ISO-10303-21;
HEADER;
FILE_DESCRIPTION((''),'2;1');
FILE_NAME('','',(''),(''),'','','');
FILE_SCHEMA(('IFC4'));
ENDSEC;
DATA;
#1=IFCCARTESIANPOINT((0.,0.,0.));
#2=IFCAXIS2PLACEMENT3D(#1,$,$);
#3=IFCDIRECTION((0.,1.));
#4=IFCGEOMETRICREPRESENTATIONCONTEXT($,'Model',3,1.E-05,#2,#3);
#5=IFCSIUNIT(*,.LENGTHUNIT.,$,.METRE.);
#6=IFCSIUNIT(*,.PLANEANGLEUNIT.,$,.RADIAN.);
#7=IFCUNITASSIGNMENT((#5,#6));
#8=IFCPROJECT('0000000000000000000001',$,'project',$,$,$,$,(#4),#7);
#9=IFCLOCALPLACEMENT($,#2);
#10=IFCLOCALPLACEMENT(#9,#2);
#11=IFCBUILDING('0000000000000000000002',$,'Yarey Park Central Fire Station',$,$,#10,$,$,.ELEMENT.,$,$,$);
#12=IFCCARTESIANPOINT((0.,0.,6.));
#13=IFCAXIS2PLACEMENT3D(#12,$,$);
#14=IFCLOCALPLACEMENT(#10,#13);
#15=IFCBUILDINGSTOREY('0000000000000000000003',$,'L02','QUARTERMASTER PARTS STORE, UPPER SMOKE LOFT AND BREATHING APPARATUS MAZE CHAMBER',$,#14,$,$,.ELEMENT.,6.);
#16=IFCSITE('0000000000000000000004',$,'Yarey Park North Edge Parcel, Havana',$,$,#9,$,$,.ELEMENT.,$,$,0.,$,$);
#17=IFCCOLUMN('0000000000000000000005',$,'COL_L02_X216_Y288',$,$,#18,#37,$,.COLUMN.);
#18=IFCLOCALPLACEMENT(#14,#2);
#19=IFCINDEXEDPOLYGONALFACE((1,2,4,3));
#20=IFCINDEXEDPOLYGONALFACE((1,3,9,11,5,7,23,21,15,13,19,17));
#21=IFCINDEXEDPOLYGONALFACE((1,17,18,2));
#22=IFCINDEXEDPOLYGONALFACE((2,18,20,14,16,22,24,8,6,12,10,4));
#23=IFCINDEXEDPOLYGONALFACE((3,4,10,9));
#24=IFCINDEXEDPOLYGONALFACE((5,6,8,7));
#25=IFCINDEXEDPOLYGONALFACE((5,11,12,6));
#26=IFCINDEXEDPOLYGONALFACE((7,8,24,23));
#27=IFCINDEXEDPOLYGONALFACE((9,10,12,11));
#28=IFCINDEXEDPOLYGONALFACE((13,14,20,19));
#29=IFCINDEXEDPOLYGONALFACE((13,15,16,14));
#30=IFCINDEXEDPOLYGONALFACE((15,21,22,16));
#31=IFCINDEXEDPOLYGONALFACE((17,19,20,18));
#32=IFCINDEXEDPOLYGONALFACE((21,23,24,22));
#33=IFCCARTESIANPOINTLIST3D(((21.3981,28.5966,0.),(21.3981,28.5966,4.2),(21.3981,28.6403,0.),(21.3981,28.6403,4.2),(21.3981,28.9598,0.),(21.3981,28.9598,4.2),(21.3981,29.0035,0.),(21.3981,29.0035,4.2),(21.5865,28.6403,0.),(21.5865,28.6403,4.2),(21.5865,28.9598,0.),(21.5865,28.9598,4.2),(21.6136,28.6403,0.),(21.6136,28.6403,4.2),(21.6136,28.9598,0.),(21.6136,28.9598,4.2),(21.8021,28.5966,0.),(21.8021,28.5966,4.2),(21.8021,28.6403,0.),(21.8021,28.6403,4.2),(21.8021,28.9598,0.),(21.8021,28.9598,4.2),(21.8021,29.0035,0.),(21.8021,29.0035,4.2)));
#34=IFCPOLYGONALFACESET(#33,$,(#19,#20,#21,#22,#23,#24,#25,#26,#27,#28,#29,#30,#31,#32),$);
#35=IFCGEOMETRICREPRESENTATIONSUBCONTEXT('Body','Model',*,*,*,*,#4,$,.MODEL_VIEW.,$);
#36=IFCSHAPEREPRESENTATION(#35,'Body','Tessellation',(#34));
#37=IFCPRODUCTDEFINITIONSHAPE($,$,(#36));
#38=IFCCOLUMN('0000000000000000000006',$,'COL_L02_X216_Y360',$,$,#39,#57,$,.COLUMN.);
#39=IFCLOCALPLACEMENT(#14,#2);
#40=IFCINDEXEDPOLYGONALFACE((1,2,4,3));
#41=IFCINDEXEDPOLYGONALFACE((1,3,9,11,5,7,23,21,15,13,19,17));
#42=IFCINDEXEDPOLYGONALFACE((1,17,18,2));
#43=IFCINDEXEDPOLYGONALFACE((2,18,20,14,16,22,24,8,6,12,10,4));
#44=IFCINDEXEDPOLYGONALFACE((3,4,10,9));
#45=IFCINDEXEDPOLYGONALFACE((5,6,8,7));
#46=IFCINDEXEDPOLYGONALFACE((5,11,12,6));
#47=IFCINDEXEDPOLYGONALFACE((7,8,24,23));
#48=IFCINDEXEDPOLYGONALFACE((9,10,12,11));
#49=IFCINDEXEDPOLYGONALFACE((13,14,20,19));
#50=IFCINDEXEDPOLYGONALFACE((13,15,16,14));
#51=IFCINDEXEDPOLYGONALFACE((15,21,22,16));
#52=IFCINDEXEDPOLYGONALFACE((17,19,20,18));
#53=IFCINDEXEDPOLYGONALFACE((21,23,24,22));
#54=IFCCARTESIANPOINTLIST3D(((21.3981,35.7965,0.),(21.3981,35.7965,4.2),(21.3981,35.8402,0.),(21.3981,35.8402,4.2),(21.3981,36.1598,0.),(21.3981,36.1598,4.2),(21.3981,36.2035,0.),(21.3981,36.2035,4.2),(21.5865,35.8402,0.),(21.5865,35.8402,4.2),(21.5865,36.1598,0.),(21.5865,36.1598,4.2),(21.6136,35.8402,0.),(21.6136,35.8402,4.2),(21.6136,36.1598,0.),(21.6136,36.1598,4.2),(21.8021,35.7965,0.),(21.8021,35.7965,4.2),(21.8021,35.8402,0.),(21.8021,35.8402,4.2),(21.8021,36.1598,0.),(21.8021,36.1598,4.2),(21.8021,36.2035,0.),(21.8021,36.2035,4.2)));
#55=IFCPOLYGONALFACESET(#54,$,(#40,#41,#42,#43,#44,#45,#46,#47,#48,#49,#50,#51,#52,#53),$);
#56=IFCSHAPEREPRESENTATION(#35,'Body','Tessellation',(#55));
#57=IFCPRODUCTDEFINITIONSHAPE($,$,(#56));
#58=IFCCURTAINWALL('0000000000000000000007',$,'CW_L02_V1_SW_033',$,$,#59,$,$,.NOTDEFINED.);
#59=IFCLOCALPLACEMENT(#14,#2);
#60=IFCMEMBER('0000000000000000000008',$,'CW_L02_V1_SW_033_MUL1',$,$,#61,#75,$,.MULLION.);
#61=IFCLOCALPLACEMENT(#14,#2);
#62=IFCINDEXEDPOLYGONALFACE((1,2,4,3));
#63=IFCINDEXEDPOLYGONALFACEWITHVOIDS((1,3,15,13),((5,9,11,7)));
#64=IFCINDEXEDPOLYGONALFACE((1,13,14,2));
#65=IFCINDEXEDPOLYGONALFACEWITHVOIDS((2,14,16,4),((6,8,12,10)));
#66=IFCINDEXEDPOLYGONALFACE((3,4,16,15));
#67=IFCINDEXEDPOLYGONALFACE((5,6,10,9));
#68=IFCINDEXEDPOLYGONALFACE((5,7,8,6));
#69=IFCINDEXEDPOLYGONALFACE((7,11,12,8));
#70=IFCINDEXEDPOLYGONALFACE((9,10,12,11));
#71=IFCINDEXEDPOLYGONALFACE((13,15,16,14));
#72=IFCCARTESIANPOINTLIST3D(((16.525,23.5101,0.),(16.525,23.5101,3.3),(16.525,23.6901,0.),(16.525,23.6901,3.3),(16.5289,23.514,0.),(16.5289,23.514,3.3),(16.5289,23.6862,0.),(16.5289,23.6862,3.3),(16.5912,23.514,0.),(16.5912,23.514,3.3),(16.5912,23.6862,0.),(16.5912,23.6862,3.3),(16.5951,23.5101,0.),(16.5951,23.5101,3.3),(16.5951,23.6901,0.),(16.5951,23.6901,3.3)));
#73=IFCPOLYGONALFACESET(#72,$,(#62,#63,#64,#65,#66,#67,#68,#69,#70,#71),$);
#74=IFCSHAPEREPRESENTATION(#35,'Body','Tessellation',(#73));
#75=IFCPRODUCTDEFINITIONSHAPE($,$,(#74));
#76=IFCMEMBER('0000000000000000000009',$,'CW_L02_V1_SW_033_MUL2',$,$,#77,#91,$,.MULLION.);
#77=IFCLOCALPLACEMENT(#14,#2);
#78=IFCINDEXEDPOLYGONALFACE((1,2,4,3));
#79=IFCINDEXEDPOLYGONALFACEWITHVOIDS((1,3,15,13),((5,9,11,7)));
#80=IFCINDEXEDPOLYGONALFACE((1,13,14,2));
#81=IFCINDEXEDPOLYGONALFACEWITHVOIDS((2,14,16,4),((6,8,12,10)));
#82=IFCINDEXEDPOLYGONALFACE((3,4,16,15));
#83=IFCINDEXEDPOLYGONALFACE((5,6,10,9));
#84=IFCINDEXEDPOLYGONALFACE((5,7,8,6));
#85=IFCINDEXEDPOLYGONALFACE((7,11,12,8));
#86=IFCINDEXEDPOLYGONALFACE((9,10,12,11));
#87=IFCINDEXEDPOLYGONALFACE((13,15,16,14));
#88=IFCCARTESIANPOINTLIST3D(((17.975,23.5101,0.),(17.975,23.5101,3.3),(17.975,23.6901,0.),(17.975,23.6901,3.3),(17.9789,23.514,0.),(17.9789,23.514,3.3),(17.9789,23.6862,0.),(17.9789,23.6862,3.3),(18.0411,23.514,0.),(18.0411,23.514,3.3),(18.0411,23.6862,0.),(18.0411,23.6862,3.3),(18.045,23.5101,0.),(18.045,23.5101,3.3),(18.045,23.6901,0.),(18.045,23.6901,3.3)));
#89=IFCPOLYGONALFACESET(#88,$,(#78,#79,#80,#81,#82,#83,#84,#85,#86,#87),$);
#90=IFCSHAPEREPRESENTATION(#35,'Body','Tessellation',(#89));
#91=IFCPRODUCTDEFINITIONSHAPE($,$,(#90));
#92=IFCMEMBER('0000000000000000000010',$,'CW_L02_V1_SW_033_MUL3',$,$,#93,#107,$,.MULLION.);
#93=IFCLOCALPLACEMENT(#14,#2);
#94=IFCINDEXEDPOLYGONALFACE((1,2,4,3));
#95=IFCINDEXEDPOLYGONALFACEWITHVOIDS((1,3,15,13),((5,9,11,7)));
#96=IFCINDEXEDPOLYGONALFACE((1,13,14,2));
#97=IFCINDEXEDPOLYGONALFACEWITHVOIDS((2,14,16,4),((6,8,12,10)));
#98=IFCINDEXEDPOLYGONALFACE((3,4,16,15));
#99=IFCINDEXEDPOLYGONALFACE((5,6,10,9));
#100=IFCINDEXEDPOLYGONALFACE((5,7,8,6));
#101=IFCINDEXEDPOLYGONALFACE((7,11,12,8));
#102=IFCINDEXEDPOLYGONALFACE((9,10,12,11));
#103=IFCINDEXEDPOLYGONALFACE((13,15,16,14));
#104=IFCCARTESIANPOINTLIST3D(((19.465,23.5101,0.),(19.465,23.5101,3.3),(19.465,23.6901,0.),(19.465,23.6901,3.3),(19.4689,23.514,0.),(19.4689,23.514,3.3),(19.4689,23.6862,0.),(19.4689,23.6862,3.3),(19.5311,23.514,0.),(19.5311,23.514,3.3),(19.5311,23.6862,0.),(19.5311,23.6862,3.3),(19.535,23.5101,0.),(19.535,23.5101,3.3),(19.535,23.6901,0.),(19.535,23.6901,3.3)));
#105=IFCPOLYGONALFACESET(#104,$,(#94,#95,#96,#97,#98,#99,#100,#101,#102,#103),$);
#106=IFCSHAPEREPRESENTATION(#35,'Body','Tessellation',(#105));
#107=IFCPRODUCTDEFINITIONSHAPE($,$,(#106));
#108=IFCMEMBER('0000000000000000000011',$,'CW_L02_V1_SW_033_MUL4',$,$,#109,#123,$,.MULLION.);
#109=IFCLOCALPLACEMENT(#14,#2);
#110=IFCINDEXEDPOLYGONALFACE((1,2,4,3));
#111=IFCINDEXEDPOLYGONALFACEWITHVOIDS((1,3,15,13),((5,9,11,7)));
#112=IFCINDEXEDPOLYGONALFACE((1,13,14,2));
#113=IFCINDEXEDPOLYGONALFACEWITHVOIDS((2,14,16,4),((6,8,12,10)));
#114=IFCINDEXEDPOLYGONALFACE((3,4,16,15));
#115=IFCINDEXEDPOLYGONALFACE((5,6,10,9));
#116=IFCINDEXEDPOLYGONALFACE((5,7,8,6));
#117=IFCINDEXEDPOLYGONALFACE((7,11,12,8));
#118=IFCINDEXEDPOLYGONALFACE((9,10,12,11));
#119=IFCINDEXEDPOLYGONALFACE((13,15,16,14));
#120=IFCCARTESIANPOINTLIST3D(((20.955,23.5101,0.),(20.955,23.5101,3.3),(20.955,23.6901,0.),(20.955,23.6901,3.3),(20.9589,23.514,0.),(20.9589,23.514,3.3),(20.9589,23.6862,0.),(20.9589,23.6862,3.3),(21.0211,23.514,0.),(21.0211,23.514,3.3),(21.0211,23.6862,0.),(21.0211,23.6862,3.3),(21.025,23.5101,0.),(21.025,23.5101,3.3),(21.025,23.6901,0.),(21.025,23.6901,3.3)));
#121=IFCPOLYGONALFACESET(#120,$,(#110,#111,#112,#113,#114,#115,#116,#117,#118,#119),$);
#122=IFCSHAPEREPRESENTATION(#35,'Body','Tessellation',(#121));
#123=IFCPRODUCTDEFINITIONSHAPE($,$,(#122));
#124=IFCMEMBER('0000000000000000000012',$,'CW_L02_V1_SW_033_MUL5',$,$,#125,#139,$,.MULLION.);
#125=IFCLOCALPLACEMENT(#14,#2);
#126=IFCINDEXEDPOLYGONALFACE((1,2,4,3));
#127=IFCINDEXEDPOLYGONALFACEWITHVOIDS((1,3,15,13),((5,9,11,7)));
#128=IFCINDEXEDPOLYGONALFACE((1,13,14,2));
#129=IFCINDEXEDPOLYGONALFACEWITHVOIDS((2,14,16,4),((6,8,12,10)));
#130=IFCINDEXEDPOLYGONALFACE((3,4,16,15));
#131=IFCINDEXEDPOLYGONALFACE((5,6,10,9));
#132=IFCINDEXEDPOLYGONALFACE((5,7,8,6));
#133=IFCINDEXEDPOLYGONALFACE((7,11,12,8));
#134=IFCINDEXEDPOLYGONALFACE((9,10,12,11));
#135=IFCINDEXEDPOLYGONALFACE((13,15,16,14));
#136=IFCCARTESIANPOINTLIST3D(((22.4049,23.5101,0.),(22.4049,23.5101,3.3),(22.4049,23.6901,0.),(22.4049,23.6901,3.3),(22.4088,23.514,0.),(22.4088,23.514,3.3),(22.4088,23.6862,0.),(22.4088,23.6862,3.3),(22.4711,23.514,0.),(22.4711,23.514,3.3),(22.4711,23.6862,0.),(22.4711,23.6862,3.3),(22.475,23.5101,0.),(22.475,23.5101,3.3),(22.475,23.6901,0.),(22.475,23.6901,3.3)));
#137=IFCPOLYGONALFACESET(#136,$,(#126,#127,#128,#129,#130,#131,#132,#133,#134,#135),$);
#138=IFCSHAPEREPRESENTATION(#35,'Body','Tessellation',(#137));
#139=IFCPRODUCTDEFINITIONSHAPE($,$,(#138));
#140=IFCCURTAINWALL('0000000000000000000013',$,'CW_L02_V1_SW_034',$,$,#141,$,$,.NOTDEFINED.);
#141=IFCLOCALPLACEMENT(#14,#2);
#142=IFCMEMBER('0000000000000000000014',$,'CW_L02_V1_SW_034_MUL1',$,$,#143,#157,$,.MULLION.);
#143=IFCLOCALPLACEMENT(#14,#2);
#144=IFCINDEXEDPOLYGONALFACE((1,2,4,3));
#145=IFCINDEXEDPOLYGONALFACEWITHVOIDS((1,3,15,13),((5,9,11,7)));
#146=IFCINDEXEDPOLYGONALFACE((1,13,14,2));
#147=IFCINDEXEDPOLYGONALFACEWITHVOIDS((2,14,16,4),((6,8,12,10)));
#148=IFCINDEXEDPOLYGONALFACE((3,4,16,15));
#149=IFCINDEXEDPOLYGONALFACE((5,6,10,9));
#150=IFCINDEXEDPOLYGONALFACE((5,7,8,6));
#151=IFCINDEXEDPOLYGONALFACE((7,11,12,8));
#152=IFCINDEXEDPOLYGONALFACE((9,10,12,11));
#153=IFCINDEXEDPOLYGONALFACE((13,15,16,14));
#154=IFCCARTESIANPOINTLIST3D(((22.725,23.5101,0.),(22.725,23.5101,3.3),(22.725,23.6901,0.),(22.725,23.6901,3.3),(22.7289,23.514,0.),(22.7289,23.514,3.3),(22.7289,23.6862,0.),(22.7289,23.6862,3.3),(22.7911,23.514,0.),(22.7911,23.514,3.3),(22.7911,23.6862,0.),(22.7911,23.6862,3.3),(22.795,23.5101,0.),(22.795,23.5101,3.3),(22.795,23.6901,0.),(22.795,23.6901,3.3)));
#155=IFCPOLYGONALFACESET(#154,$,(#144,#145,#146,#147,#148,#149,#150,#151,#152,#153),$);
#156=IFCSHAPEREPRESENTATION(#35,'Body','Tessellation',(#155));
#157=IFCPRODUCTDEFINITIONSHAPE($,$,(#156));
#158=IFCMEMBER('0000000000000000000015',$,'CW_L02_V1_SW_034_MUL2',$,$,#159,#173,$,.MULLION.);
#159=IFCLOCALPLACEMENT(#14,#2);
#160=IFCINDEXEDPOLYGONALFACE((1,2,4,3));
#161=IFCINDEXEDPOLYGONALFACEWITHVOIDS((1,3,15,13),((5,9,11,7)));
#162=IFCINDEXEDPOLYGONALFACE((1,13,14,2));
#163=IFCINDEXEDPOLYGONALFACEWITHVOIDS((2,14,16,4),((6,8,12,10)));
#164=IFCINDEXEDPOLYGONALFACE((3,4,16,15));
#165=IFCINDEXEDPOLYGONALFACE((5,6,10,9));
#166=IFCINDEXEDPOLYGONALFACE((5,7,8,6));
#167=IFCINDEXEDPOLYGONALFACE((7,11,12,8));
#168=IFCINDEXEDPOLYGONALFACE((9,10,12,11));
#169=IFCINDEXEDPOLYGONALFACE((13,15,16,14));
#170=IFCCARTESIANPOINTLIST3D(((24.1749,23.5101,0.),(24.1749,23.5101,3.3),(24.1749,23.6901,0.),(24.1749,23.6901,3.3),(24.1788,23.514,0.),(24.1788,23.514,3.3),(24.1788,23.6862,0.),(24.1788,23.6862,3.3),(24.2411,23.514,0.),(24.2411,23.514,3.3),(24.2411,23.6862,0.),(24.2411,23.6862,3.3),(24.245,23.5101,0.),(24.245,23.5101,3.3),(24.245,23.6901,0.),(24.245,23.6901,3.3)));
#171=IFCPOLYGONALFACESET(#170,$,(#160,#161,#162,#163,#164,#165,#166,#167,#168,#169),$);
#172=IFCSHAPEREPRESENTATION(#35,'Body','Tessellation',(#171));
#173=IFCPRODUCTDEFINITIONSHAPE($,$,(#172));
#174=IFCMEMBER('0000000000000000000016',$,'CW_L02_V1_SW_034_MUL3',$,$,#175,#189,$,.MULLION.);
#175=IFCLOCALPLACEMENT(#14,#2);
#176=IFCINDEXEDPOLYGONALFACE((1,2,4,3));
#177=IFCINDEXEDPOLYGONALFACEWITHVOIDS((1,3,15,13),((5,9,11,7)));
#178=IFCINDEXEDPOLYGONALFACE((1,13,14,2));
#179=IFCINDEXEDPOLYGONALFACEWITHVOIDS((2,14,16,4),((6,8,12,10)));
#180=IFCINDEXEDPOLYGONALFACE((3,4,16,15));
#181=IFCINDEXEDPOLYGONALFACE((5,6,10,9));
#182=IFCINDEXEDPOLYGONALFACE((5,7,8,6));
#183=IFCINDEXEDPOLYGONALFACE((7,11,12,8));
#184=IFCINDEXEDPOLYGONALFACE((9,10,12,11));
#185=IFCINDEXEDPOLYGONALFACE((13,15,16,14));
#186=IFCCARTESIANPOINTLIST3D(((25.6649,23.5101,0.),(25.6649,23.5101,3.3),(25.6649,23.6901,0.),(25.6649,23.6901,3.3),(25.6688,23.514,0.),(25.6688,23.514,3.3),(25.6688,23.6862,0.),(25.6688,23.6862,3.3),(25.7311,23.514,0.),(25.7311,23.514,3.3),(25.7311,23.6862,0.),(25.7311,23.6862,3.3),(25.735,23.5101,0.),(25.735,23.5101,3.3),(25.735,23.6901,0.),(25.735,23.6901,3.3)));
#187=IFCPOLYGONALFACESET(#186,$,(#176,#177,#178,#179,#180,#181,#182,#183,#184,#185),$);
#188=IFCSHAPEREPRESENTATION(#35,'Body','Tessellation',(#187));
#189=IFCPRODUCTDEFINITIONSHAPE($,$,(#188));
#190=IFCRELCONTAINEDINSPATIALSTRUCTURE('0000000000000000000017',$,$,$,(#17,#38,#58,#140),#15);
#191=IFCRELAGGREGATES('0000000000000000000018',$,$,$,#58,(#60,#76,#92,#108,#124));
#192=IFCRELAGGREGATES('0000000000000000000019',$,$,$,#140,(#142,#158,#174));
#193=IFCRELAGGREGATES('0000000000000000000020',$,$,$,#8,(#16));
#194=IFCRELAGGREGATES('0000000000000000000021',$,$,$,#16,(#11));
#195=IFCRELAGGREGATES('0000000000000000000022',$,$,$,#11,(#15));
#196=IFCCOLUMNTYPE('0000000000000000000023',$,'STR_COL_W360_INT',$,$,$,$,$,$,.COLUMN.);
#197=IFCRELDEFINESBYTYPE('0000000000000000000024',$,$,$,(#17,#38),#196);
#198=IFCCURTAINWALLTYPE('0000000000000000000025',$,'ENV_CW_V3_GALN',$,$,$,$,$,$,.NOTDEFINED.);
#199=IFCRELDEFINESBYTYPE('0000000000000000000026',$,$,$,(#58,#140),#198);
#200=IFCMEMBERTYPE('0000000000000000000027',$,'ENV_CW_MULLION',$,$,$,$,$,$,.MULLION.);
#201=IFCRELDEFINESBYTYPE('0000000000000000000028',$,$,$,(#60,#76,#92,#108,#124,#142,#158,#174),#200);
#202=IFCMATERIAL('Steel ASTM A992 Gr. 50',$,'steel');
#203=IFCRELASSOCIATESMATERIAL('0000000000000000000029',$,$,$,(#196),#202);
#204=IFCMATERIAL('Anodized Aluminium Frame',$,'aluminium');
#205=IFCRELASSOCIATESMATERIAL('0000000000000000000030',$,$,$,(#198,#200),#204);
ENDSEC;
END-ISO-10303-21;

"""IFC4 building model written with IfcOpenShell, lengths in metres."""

from ifc_helpers import new_model, si_unit, direction, frame, origin, origin_2d, place, context, subcontext, project, spatial, hollow_rectangle, i_section, extrude, material, material_profile, profile_set, type_object, element, aggregate, save


model = new_model("IFC4")

# Units and contexts
model_context = context("Model", 3, precision=1e-05, world=origin(), true_north=direction((0.0, 1.0)))
body_context = subcontext(model_context, "Body", "Model", "MODEL_VIEW")
ifc_project = project(units=[si_unit("LENGTHUNIT", "METRE"), si_unit("PLANEANGLEUNIT", "RADIAN")], contexts=[model_context])

# Site, building, storey
site_placement = place(None, origin())
site = spatial("IfcSite", under=ifc_project, at=site_placement, Name="Yarey Park North Edge Parcel, Havana", CompositionType="ELEMENT", RefElevation=0.0)
building_placement = place(site_placement, origin())
building = spatial("IfcBuilding", under=site, at=building_placement, Name="Yarey Park Central Fire Station", CompositionType="ELEMENT")
storey_placement = place(building_placement, frame((0.0, 0.0, 6.0)))
storey = spatial("IfcBuildingStorey", under=building, at=storey_placement, Name="L02", Description="QUARTERMASTER PARTS STORE, UPPER SMOKE LOFT AND BREATHING APPARATUS MAZE CHAMBER", CompositionType="ELEMENT", Elevation=6.0)

# Columns
ifc_material_1 = material(Name="Steel ASTM A992 Gr. 50", Category="steel")
ifc_material_profile_1 = material_profile(ifc_material_1, i_section(OverallWidth=0.4041, OverallDepth=0.407, WebThickness=0.0271, FlangeThickness=0.0437, at=origin_2d()), Name="W360x347")
ifc_profile_set_1 = profile_set([ifc_material_profile_1], Name="Steel ASTM A992 Gr. 50")
column_type = type_object("IfcColumnType", Name="STR_COL_W360_INT", PredefinedType="COLUMN", material=ifc_profile_set_1)
for number, where, z_axis, x_axis, name in (
    (1, (21.6001, 28.8, 0.0), (0.0, 0.0, 1.0), (1.0, 0.0, 0.0), "COL_L02_X216_Y288"),
    (2, (21.6001, 36.0, 0.0), (0.0, 0.0, 1.0), (1.0, 0.0, 0.0), "COL_L02_X216_Y360"),
):
    element("IfcColumn", number, at=place(storey_placement, frame(where, z_axis=z_axis, x_axis=x_axis)), inside=storey, type_object=column_type, Name=name, PredefinedType="COLUMN", context=body_context, shape_type="SweptSolid", body=[
        extrude(i_section(OverallWidth=0.4041, OverallDepth=0.407, WebThickness=0.0271, FlangeThickness=0.0437, at=origin_2d()), origin(), (0.0, 0.0, 1.0), 4.2),
    ])

# Curtain walls, members
ifc_material_2 = material(Name="Anodized Aluminium Frame", Category="aluminium")
curtain_wall_type_1 = type_object("IfcCurtainWallType", Name="ENV_CW_V3_GALN", PredefinedType="NOTDEFINED", material=ifc_material_2)
curtain_wall_1_placement = place(storey_placement, origin())
curtain_wall_1 = element("IfcCurtainWall", 3, at=curtain_wall_1_placement, inside=storey, type_object=curtain_wall_type_1, Name="CW_L02_V1_SW_033", PredefinedType="NOTDEFINED")
ifc_material_profile_2 = material_profile(ifc_material_2, hollow_rectangle(XDim=0.0701, YDim=0.1799, WallThickness=0.0039, at=origin_2d()), Name="ALU 180x70x4")
ifc_profile_set_2 = profile_set([ifc_material_profile_2], Name="Anodized Aluminium Frame")
member_type_1 = type_object("IfcMemberType", Name="ENV_CW_MULLION", PredefinedType="MULLION", material=ifc_profile_set_2)
member_1_placement = place(storey_placement, frame((16.5601, 23.6001, 0.0), z_axis=(0.0, 0.0, 1.0), x_axis=(1.0, 0.0, 0.0)))
member_1 = element("IfcMember", 4, at=member_1_placement, type_object=member_type_1, Name="CW_L02_V1_SW_033_MUL1", PredefinedType="MULLION", context=body_context, shape_type="SweptSolid", body=[
    extrude(hollow_rectangle(XDim=0.0701, YDim=0.1799, WallThickness=0.0039, at=origin_2d()), origin(), (0.0, 0.0, 1.0), 3.3),
])
member_2_placement = place(storey_placement, frame((18.01, 23.6001, 0.0), z_axis=(0.0, 0.0, 1.0), x_axis=(1.0, 0.0, 0.0)))
member_2 = element("IfcMember", 5, at=member_2_placement, type_object=member_type_1, Name="CW_L02_V1_SW_033_MUL2", PredefinedType="MULLION", context=body_context, shape_type="SweptSolid", body=[
    extrude(hollow_rectangle(XDim=0.0701, YDim=0.1799, WallThickness=0.0039, at=origin_2d()), origin(), (0.0, 0.0, 1.0), 3.3),
])
member_3_placement = place(storey_placement, frame((19.5, 23.6001, 0.0), z_axis=(0.0, 0.0, 1.0), x_axis=(1.0, 0.0, 0.0)))
member_3 = element("IfcMember", 6, at=member_3_placement, type_object=member_type_1, Name="CW_L02_V1_SW_033_MUL3", PredefinedType="MULLION", context=body_context, shape_type="SweptSolid", body=[
    extrude(hollow_rectangle(XDim=0.0701, YDim=0.1799, WallThickness=0.0039, at=origin_2d()), origin(), (0.0, 0.0, 1.0), 3.3),
])
member_4_placement = place(storey_placement, frame((20.99, 23.6001, 0.0), z_axis=(0.0, 0.0, 1.0), x_axis=(1.0, 0.0, 0.0)))
member_4 = element("IfcMember", 7, at=member_4_placement, type_object=member_type_1, Name="CW_L02_V1_SW_033_MUL4", PredefinedType="MULLION", context=body_context, shape_type="SweptSolid", body=[
    extrude(hollow_rectangle(XDim=0.0701, YDim=0.1799, WallThickness=0.0039, at=origin_2d()), origin(), (0.0, 0.0, 1.0), 3.3),
])
member_5_placement = place(storey_placement, frame((22.4399, 23.6001, 0.0), z_axis=(0.0, 0.0, 1.0), x_axis=(1.0, 0.0, 0.0)))
member_5 = element("IfcMember", 8, at=member_5_placement, type_object=member_type_1, Name="CW_L02_V1_SW_033_MUL5", PredefinedType="MULLION", context=body_context, shape_type="SweptSolid", body=[
    extrude(hollow_rectangle(XDim=0.0701, YDim=0.1799, WallThickness=0.0039, at=origin_2d()), origin(), (0.0, 0.0, 1.0), 3.3),
])
curtain_wall_2_placement = place(storey_placement, origin())
curtain_wall_2 = element("IfcCurtainWall", 9, at=curtain_wall_2_placement, inside=storey, type_object=curtain_wall_type_1, Name="CW_L02_V1_SW_034", PredefinedType="NOTDEFINED")
member_6_placement = place(storey_placement, frame((22.76, 23.6001, 0.0), z_axis=(0.0, 0.0, 1.0), x_axis=(1.0, 0.0, 0.0)))
member_6 = element("IfcMember", 10, at=member_6_placement, type_object=member_type_1, Name="CW_L02_V1_SW_034_MUL1", PredefinedType="MULLION", context=body_context, shape_type="SweptSolid", body=[
    extrude(hollow_rectangle(XDim=0.0701, YDim=0.1799, WallThickness=0.0039, at=origin_2d()), origin(), (0.0, 0.0, 1.0), 3.3),
])
member_7_placement = place(storey_placement, frame((24.21, 23.6001, 0.0), z_axis=(0.0, 0.0, 1.0), x_axis=(1.0, 0.0, 0.0)))
member_7 = element("IfcMember", 11, at=member_7_placement, type_object=member_type_1, Name="CW_L02_V1_SW_034_MUL2", PredefinedType="MULLION", context=body_context, shape_type="SweptSolid", body=[
    extrude(hollow_rectangle(XDim=0.0701, YDim=0.1799, WallThickness=0.0039, at=origin_2d()), origin(), (0.0, 0.0, 1.0), 3.3),
])
member_8_placement = place(storey_placement, frame((25.7, 23.6001, 0.0), z_axis=(0.0, 0.0, 1.0), x_axis=(1.0, 0.0, 0.0)))
member_8 = element("IfcMember", 12, at=member_8_placement, type_object=member_type_1, Name="CW_L02_V1_SW_034_MUL3", PredefinedType="MULLION", context=body_context, shape_type="SweptSolid", body=[
    extrude(hollow_rectangle(XDim=0.0701, YDim=0.1799, WallThickness=0.0039, at=origin_2d()), origin(), (0.0, 0.0, 1.0), 3.3),
])

aggregate(curtain_wall_1, [member_1, member_2, member_3, member_4, member_5])
aggregate(curtain_wall_2, [member_6, member_7, member_8])

save(model, "model.ifc")
